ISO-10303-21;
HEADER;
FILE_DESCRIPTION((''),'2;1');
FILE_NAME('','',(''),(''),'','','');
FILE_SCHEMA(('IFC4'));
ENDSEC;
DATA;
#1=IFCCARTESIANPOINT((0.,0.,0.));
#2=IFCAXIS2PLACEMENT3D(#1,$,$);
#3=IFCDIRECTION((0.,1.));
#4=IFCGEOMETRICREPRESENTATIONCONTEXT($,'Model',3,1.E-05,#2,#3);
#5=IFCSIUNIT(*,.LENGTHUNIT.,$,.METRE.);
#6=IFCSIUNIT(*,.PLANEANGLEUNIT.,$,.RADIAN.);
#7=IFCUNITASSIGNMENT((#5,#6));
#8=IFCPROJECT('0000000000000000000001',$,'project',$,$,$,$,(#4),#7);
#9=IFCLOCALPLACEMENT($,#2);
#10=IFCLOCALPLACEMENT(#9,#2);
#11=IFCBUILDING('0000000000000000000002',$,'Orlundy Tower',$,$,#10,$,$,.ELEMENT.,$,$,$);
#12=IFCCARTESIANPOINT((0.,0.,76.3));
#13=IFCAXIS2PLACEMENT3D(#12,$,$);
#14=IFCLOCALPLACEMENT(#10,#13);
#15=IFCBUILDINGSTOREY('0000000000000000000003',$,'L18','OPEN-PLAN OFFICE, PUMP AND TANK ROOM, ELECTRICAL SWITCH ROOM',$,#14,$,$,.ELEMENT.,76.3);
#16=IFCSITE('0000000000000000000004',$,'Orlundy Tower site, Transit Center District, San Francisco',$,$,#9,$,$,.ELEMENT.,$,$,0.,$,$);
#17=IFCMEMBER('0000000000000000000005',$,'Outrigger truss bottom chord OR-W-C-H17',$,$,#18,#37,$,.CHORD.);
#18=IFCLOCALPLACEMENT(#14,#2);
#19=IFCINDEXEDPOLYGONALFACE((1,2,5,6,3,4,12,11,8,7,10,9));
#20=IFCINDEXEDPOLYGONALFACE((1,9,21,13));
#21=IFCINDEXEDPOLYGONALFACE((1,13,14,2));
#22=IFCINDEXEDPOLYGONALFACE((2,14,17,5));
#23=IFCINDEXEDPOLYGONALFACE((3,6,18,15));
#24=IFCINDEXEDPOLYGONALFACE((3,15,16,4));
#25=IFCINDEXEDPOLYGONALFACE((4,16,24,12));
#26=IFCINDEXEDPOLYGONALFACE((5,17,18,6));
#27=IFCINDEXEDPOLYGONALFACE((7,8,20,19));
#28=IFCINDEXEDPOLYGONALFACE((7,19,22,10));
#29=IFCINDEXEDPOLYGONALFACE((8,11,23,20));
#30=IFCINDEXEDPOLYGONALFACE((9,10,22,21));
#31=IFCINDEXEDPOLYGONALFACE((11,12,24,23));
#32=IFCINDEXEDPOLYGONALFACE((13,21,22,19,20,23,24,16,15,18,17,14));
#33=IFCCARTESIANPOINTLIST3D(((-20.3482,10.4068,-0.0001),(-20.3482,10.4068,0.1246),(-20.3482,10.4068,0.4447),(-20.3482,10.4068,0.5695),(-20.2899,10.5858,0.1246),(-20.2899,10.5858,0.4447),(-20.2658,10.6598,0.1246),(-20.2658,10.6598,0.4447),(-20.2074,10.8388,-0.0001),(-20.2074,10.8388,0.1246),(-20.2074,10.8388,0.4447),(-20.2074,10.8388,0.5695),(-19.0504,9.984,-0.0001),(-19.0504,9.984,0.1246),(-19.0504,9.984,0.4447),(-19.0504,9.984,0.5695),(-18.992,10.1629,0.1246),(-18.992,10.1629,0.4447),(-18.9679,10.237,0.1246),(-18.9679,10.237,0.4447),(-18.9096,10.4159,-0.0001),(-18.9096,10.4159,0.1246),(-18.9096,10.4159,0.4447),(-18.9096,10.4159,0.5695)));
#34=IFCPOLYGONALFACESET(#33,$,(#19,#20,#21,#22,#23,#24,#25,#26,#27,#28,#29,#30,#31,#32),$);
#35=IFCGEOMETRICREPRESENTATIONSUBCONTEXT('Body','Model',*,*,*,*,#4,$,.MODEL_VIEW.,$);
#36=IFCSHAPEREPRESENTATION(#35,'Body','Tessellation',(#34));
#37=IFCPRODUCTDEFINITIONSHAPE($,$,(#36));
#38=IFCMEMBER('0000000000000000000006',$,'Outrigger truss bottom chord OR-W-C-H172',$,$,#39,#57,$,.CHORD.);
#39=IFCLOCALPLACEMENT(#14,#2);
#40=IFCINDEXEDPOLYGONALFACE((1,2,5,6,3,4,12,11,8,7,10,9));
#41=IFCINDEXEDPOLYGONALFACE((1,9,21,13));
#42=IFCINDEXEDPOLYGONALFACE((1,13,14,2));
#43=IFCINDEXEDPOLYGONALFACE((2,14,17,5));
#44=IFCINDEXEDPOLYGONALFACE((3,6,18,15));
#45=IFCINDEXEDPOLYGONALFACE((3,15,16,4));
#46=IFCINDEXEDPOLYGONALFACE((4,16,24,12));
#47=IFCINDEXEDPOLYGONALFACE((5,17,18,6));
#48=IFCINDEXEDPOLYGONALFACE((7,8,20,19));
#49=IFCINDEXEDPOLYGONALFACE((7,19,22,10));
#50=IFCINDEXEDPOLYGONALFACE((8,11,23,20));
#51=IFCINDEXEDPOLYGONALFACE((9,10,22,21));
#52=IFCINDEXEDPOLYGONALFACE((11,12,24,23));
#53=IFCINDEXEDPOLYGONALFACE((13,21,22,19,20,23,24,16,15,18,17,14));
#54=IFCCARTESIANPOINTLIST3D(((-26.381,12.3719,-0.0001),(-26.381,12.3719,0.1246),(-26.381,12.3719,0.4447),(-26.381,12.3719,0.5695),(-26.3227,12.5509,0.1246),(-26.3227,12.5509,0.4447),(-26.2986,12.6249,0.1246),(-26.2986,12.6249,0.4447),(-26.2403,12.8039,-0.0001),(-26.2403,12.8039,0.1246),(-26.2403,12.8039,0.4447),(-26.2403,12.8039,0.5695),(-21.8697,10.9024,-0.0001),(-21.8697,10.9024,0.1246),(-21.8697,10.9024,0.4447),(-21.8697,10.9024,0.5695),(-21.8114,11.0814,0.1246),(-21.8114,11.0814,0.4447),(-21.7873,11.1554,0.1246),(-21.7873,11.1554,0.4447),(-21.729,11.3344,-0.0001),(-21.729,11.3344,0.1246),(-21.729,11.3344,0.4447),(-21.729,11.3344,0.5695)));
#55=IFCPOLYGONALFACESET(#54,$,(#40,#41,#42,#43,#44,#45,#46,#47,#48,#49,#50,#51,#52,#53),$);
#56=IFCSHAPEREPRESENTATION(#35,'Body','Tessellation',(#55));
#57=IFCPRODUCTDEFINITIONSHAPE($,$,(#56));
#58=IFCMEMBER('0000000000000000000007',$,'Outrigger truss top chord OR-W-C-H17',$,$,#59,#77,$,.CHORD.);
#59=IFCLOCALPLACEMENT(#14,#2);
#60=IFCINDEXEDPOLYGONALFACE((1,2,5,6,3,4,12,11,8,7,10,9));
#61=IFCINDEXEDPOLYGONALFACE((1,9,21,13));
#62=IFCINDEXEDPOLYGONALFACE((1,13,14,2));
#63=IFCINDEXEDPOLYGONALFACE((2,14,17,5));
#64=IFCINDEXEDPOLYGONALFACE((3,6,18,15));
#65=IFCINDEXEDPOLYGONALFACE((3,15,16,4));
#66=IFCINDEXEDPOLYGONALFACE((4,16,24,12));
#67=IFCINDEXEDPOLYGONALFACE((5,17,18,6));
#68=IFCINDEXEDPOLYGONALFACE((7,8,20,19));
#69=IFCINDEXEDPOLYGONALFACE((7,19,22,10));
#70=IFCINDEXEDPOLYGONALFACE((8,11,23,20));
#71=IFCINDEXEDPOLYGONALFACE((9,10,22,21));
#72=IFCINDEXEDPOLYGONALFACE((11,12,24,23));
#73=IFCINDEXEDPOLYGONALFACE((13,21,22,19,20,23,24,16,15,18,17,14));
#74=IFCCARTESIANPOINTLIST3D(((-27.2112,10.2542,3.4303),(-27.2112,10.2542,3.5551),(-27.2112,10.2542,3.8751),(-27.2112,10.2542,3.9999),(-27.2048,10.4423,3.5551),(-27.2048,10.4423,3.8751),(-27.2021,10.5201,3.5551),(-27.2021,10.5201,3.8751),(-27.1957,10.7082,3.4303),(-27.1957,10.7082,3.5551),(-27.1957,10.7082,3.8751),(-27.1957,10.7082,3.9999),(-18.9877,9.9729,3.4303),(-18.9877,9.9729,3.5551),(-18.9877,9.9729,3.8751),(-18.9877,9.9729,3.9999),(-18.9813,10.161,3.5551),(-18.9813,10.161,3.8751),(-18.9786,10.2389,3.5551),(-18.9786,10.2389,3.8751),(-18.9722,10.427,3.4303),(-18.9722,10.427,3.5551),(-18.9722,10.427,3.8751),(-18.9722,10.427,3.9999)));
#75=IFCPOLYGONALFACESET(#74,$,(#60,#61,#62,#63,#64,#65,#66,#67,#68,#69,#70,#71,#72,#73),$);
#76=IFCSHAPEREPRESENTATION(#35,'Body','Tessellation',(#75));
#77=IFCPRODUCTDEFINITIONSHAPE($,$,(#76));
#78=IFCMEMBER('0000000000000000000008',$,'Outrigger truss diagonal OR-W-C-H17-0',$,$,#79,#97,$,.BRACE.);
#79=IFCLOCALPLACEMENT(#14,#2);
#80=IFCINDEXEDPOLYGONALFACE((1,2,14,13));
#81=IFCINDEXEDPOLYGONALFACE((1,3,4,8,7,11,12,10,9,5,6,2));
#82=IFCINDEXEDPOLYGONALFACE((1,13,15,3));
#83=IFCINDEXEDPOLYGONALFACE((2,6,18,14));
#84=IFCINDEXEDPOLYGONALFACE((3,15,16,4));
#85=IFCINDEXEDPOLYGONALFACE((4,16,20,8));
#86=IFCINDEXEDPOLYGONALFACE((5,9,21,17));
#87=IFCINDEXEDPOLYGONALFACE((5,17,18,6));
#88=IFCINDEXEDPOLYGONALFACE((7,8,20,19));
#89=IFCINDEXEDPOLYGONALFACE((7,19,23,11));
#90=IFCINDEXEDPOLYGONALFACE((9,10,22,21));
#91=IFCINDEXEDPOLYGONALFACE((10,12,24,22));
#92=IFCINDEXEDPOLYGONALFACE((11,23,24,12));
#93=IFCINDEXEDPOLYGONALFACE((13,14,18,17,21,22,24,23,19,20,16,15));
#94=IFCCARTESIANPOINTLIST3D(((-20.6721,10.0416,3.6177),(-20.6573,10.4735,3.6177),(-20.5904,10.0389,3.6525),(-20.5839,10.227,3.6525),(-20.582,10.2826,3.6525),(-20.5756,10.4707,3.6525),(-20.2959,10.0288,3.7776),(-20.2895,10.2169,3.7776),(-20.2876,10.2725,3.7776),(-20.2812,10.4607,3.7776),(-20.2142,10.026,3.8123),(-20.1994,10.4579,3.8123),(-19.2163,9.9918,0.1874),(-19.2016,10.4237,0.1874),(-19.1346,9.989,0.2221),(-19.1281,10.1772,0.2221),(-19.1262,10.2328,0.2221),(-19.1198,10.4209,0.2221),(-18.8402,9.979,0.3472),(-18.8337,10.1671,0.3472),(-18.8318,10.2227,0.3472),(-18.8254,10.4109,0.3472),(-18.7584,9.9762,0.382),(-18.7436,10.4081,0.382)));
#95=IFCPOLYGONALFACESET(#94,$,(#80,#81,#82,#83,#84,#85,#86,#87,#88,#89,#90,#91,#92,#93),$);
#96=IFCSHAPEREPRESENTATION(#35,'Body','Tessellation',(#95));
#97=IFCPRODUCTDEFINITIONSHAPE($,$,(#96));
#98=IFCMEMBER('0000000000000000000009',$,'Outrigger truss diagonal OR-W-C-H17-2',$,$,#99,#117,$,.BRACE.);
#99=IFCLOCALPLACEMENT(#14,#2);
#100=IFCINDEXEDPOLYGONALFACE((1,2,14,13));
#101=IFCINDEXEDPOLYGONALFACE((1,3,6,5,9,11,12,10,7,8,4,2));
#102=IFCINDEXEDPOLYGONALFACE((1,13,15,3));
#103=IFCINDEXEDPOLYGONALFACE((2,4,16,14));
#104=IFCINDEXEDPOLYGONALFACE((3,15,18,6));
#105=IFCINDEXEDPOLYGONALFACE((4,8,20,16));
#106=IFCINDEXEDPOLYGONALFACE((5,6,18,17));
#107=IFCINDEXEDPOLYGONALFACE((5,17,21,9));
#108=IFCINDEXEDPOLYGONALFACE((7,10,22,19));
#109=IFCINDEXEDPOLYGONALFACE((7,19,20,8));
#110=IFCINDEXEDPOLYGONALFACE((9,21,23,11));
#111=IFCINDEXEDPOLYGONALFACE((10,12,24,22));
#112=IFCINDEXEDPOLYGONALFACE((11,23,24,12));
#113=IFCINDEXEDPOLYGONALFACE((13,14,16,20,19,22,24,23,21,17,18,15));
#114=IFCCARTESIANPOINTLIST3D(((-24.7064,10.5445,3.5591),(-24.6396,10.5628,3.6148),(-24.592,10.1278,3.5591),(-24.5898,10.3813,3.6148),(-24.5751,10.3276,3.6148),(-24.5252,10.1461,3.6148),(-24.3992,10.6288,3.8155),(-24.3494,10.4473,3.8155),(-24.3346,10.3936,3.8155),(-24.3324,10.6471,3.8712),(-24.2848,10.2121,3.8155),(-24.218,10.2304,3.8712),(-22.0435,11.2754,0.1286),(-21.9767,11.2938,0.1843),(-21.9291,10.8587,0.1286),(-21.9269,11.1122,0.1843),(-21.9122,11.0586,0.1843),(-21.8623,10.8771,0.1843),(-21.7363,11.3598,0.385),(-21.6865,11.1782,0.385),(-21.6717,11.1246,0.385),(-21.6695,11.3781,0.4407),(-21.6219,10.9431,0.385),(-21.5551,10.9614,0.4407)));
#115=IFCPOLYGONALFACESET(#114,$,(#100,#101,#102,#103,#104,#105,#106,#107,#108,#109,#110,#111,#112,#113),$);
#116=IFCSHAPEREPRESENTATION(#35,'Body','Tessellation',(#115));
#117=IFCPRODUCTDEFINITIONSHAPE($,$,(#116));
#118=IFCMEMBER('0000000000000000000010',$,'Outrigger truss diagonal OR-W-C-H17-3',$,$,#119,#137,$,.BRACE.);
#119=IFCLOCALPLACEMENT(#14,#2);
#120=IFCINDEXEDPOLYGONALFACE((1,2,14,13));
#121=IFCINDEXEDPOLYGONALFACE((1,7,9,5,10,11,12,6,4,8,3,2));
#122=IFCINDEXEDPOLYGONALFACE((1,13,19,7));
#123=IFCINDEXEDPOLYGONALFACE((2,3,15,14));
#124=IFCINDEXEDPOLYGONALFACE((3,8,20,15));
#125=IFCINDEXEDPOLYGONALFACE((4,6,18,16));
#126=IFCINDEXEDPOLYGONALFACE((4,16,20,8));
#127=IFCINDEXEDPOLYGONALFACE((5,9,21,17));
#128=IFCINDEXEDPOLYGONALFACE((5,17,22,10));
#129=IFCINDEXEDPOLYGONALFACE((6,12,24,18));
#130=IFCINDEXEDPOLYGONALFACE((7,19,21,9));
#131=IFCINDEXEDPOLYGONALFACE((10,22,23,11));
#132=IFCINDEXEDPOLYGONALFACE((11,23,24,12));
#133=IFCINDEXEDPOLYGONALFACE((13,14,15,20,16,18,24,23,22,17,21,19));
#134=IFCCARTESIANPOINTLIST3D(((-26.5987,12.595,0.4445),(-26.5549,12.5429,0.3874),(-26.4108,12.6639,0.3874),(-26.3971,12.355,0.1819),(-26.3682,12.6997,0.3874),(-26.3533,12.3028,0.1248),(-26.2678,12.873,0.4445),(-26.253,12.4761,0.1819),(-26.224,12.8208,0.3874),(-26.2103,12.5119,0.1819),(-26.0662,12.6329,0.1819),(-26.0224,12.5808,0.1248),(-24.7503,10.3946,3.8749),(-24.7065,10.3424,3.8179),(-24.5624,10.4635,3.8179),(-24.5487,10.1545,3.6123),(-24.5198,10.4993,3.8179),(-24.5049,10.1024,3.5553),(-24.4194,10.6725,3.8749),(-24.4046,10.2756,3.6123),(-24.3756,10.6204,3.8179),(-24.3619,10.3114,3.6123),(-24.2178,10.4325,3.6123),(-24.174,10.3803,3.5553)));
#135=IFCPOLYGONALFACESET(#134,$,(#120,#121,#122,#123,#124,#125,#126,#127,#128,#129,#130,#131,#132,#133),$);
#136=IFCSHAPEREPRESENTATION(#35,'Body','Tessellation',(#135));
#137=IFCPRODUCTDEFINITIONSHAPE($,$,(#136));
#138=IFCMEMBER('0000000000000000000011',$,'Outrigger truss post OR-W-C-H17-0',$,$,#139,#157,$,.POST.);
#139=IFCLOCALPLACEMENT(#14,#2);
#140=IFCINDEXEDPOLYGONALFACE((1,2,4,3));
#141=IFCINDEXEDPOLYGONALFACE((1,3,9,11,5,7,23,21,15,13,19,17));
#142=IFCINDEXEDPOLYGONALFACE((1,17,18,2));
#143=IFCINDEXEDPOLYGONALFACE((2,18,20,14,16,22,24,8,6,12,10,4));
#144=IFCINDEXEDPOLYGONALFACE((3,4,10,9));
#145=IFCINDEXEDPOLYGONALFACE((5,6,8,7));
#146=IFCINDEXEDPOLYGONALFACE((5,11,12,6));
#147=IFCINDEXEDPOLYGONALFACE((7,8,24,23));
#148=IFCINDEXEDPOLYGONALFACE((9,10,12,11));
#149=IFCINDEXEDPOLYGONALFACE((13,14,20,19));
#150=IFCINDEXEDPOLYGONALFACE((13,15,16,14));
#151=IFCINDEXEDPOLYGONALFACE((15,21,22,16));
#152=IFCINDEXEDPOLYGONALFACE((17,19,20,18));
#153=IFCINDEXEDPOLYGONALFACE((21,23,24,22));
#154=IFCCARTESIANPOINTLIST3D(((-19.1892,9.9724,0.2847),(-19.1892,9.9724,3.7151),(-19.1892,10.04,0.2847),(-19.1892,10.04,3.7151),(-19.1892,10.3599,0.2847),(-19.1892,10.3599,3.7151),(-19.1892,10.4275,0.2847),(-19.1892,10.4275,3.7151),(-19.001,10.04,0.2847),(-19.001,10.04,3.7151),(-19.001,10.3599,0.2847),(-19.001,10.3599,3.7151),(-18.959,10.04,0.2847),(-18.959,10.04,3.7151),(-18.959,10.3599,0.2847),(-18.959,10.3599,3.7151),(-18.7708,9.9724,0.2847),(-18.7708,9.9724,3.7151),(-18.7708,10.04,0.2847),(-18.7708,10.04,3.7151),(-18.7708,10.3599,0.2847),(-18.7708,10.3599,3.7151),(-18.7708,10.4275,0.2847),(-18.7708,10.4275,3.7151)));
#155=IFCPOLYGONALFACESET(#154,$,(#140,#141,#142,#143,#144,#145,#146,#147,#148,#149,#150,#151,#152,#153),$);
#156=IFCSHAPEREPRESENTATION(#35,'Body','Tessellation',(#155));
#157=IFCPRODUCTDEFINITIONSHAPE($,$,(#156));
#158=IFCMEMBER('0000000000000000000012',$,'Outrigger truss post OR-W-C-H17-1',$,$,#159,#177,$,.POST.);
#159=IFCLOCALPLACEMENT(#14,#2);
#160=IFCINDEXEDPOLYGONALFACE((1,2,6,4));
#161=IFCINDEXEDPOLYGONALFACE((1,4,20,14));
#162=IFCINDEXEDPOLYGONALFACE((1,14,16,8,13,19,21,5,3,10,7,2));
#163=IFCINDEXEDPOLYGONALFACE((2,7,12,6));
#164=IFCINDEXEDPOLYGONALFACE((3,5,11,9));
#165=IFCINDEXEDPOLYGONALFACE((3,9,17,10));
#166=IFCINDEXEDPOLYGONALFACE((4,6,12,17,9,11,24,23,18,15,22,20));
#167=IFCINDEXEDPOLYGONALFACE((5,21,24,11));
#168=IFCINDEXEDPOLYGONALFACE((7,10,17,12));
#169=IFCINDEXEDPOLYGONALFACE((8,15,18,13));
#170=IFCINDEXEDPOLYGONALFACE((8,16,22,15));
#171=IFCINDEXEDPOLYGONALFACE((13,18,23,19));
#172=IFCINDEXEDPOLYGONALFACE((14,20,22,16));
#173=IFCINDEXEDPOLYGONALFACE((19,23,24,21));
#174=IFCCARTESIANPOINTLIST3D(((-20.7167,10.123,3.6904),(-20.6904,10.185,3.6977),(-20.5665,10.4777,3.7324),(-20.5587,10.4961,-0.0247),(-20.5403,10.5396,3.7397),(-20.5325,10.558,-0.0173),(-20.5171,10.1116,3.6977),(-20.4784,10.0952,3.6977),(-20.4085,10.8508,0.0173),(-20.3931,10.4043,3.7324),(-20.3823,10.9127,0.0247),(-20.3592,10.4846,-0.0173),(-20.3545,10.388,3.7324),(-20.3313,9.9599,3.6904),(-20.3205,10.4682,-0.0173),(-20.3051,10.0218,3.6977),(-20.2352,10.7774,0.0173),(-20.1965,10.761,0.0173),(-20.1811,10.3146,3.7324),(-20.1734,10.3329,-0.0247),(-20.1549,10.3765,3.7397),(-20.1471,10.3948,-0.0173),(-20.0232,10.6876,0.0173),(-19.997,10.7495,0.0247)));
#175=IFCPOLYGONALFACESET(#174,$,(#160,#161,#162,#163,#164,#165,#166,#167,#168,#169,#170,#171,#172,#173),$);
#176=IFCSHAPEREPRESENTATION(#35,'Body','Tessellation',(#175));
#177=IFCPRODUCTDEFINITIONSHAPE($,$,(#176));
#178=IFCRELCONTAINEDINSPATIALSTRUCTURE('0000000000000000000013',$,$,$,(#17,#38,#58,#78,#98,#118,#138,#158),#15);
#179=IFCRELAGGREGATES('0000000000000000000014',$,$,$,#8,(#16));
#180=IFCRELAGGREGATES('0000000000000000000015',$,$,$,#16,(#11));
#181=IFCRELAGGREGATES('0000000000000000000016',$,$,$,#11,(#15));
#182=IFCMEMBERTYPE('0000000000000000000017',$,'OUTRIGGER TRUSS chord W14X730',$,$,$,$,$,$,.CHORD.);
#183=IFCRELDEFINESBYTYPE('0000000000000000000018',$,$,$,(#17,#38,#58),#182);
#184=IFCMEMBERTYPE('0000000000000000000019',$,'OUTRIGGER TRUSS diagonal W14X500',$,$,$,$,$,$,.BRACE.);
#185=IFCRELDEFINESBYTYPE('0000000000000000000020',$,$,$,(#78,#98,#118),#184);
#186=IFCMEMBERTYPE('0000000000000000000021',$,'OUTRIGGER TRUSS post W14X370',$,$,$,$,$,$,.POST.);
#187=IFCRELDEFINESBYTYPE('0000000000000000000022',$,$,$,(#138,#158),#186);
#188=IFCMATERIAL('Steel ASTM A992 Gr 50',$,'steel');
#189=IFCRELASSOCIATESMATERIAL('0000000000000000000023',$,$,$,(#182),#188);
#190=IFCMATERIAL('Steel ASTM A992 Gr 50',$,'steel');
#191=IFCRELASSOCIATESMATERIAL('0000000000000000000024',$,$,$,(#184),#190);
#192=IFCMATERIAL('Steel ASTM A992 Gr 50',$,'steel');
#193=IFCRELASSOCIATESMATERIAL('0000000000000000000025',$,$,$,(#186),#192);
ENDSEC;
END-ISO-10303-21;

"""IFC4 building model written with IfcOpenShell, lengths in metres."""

from ifc_helpers import new_model, si_unit, direction, frame, origin, origin_2d, place, context, subcontext, project, spatial, i_section, extrude, material, material_profile, profile_set, type_object, element, save


model = new_model("IFC4")

# Units and contexts
model_context = context("Model", 3, precision=1e-05, world=origin(), true_north=direction((0.0, 1.0)))
body_context = subcontext(model_context, "Body", "Model", "MODEL_VIEW")
ifc_project = project(units=[si_unit("LENGTHUNIT", "METRE"), si_unit("PLANEANGLEUNIT", "RADIAN")], contexts=[model_context])

# Site, building, storey
site_placement = place(None, origin())
site = spatial("IfcSite", under=ifc_project, at=site_placement, Name="Orlundy Tower site, Transit Center District, San Francisco", CompositionType="ELEMENT", RefElevation=0.0)
building_placement = place(site_placement, origin())
building = spatial("IfcBuilding", under=site, at=building_placement, Name="Orlundy Tower", CompositionType="ELEMENT")
storey_placement = place(building_placement, frame((0.0, 0.0, 76.3)))
storey = spatial("IfcBuildingStorey", under=building, at=storey_placement, Name="L18", Description="OPEN-PLAN OFFICE, PUMP AND TANK ROOM, ELECTRICAL SWITCH ROOM", CompositionType="ELEMENT", Elevation=76.3)

# Members
ifc_material_1 = material(Name="Steel ASTM A992 Gr 50", Category="steel")
ifc_material_profile_1 = material_profile(ifc_material_1, i_section(OverallWidth=0.4543, OverallDepth=0.5696, WebThickness=0.0779, FlangeThickness=0.1248, at=origin_2d()), Name="W14X730")
ifc_profile_set_1 = profile_set([ifc_material_profile_1], Name="Steel ASTM A992 Gr 50")
member_type_1 = type_object("IfcMemberType", Name="OUTRIGGER TRUSS chord W14X730", PredefinedType="CHORD", material=ifc_profile_set_1)
member_1_placement = place(storey_placement, frame((-18.98, 10.2, 0.2847), z_axis=(-0.950808, 0.309782, 0.0), x_axis=(-0.309782, -0.950808, 0.0)))
element("IfcMember", 1, at=member_1_placement, inside=storey, type_object=member_type_1, Name="Outrigger truss bottom chord OR-W-C-H17", PredefinedType="CHORD", context=body_context, shape_type="SweptSolid", body=[
    extrude(i_section(OverallWidth=0.4543, OverallDepth=0.5696, WebThickness=0.0779, FlangeThickness=0.1248, at=origin_2d()), origin(), (0.0, 0.0, 1.0), 1.365),
])
member_2_placement = place(storey_placement, frame((-21.7993, 11.1184, 0.2847), z_axis=(-0.950827, 0.309721, 0.0), x_axis=(-0.309721, -0.950827, 0.0)))
element("IfcMember", 2, at=member_2_placement, inside=storey, type_object=member_type_1, Name="Outrigger truss bottom chord OR-W-C-H172", PredefinedType="CHORD", context=body_context, shape_type="SweptSolid", body=[
    extrude(i_section(OverallWidth=0.4543, OverallDepth=0.5696, WebThickness=0.0779, FlangeThickness=0.1248, at=origin_2d()), origin(), (0.0, 0.0, 1.0), 4.7446),
])
member_3_placement = place(storey_placement, frame((-18.98, 10.2, 3.7151), z_axis=(-0.999416, 0.034181, 0.0), x_axis=(-0.034181, -0.999416, 0.0)))
element("IfcMember", 3, at=member_3_placement, inside=storey, type_object=member_type_1, Name="Outrigger truss top chord OR-W-C-H17", PredefinedType="CHORD", context=body_context, shape_type="SweptSolid", body=[
    extrude(i_section(OverallWidth=0.4543, OverallDepth=0.5696, WebThickness=0.0779, FlangeThickness=0.1248, at=origin_2d()), origin(), (0.0, 0.0, 1.0), 8.2283),
])
ifc_material_2 = material(Name="Steel ASTM A992 Gr 50", Category="steel")
ifc_material_profile_2 = material_profile(ifc_material_2, i_section(OverallWidth=0.4321, OverallDepth=0.4978, WebThickness=0.0557, FlangeThickness=0.0889, at=origin_2d()), Name="W14X500")
ifc_profile_set_2 = profile_set([ifc_material_profile_2], Name="Steel ASTM A992 Gr 50")
member_type_2 = type_object("IfcMemberType", Name="OUTRIGGER TRUSS diagonal W14X500", PredefinedType="BRACE", material=ifc_profile_set_2)
member_4_placement = place(storey_placement, frame((-18.98, 10.2, 0.2847), z_axis=(-0.390624, 0.013364, 0.920453), x_axis=(-0.034191, -0.999415, 0.0)))
element("IfcMember", 4, at=member_4_placement, inside=storey, type_object=member_type_2, Name="Outrigger truss diagonal OR-W-C-H17-0", PredefinedType="BRACE", context=body_context, shape_type="SweptSolid", body=[
    extrude(i_section(OverallWidth=0.4321, OverallDepth=0.4978, WebThickness=0.0557, FlangeThickness=0.0889, at=origin_2d()), origin(), (0.0, 0.0, 1.0), 3.7268),
])
member_5_placement = place(storey_placement, frame((-21.7993, 11.1184, 0.2847), z_axis=(-0.604679, -0.165986, 0.778981), x_axis=(0.264711, -0.964328, 0.0)))
element("IfcMember", 5, at=member_5_placement, inside=storey, type_object=member_type_2, Name="Outrigger truss diagonal OR-W-C-H17-2", PredefinedType="BRACE", context=body_context, shape_type="SweptSolid", body=[
    extrude(i_section(OverallWidth=0.4321, OverallDepth=0.4978, WebThickness=0.0557, FlangeThickness=0.0889, at=origin_2d()), origin(), (0.0, 0.0, 1.0), 4.4038),
])
member_6_placement = place(storey_placement, frame((-24.4622, 10.3875, 3.7151), z_axis=(-0.413041, 0.491711, -0.766562), x_axis=(-0.765702, -0.643196, 0.0)))
element("IfcMember", 6, at=member_6_placement, inside=storey, type_object=member_type_2, Name="Outrigger truss diagonal OR-W-C-H17-3", PredefinedType="BRACE", context=body_context, shape_type="SweptSolid", body=[
    extrude(i_section(OverallWidth=0.4321, OverallDepth=0.4978, WebThickness=0.0557, FlangeThickness=0.0889, at=origin_2d()), origin(), (0.0, 0.0, 1.0), 4.4751),
])
ifc_material_3 = material(Name="Steel ASTM A992 Gr 50", Category="steel")
ifc_material_profile_3 = material_profile(ifc_material_3, i_section(OverallWidth=0.4185, OverallDepth=0.4551, WebThickness=0.042, FlangeThickness=0.0676, at=origin_2d()), Name="W14X370")
ifc_profile_set_3 = profile_set([ifc_material_profile_3], Name="Steel ASTM A992 Gr 50")
member_type_3 = type_object("IfcMemberType", Name="OUTRIGGER TRUSS post W14X370", PredefinedType="POST", material=ifc_profile_set_3)
member_7_placement = place(storey_placement, frame((-18.98, 10.2, 0.2847), z_axis=(0.0, 0.0, 1.0), x_axis=(1.0, 0.0, 0.0)))
element("IfcMember", 7, at=member_7_placement, inside=storey, type_object=member_type_3, Name="Outrigger truss post OR-W-C-H17-0", PredefinedType="POST", context=body_context, shape_type="SweptSolid", body=[
    extrude(i_section(OverallWidth=0.4185, OverallDepth=0.4551, WebThickness=0.042, FlangeThickness=0.0676, at=origin_2d()), origin(), (0.0, 0.0, 1.0), 3.4304),
])
member_8_placement = place(storey_placement, frame((-20.2778, 10.6228, 0.0), z_axis=(-0.042268, -0.099822, 0.994107), x_axis=(0.920851, -0.389915, 0.0)))
element("IfcMember", 8, at=member_8_placement, inside=storey, type_object=member_type_3, Name="Outrigger truss post OR-W-C-H17-1", PredefinedType="POST", context=body_context, shape_type="SweptSolid", body=[
    extrude(i_section(OverallWidth=0.4185, OverallDepth=0.4551, WebThickness=0.042, FlangeThickness=0.0676, at=origin_2d()), origin(), (0.0, 0.0, 1.0), 3.7371),
])

save(model, "model.ifc")
